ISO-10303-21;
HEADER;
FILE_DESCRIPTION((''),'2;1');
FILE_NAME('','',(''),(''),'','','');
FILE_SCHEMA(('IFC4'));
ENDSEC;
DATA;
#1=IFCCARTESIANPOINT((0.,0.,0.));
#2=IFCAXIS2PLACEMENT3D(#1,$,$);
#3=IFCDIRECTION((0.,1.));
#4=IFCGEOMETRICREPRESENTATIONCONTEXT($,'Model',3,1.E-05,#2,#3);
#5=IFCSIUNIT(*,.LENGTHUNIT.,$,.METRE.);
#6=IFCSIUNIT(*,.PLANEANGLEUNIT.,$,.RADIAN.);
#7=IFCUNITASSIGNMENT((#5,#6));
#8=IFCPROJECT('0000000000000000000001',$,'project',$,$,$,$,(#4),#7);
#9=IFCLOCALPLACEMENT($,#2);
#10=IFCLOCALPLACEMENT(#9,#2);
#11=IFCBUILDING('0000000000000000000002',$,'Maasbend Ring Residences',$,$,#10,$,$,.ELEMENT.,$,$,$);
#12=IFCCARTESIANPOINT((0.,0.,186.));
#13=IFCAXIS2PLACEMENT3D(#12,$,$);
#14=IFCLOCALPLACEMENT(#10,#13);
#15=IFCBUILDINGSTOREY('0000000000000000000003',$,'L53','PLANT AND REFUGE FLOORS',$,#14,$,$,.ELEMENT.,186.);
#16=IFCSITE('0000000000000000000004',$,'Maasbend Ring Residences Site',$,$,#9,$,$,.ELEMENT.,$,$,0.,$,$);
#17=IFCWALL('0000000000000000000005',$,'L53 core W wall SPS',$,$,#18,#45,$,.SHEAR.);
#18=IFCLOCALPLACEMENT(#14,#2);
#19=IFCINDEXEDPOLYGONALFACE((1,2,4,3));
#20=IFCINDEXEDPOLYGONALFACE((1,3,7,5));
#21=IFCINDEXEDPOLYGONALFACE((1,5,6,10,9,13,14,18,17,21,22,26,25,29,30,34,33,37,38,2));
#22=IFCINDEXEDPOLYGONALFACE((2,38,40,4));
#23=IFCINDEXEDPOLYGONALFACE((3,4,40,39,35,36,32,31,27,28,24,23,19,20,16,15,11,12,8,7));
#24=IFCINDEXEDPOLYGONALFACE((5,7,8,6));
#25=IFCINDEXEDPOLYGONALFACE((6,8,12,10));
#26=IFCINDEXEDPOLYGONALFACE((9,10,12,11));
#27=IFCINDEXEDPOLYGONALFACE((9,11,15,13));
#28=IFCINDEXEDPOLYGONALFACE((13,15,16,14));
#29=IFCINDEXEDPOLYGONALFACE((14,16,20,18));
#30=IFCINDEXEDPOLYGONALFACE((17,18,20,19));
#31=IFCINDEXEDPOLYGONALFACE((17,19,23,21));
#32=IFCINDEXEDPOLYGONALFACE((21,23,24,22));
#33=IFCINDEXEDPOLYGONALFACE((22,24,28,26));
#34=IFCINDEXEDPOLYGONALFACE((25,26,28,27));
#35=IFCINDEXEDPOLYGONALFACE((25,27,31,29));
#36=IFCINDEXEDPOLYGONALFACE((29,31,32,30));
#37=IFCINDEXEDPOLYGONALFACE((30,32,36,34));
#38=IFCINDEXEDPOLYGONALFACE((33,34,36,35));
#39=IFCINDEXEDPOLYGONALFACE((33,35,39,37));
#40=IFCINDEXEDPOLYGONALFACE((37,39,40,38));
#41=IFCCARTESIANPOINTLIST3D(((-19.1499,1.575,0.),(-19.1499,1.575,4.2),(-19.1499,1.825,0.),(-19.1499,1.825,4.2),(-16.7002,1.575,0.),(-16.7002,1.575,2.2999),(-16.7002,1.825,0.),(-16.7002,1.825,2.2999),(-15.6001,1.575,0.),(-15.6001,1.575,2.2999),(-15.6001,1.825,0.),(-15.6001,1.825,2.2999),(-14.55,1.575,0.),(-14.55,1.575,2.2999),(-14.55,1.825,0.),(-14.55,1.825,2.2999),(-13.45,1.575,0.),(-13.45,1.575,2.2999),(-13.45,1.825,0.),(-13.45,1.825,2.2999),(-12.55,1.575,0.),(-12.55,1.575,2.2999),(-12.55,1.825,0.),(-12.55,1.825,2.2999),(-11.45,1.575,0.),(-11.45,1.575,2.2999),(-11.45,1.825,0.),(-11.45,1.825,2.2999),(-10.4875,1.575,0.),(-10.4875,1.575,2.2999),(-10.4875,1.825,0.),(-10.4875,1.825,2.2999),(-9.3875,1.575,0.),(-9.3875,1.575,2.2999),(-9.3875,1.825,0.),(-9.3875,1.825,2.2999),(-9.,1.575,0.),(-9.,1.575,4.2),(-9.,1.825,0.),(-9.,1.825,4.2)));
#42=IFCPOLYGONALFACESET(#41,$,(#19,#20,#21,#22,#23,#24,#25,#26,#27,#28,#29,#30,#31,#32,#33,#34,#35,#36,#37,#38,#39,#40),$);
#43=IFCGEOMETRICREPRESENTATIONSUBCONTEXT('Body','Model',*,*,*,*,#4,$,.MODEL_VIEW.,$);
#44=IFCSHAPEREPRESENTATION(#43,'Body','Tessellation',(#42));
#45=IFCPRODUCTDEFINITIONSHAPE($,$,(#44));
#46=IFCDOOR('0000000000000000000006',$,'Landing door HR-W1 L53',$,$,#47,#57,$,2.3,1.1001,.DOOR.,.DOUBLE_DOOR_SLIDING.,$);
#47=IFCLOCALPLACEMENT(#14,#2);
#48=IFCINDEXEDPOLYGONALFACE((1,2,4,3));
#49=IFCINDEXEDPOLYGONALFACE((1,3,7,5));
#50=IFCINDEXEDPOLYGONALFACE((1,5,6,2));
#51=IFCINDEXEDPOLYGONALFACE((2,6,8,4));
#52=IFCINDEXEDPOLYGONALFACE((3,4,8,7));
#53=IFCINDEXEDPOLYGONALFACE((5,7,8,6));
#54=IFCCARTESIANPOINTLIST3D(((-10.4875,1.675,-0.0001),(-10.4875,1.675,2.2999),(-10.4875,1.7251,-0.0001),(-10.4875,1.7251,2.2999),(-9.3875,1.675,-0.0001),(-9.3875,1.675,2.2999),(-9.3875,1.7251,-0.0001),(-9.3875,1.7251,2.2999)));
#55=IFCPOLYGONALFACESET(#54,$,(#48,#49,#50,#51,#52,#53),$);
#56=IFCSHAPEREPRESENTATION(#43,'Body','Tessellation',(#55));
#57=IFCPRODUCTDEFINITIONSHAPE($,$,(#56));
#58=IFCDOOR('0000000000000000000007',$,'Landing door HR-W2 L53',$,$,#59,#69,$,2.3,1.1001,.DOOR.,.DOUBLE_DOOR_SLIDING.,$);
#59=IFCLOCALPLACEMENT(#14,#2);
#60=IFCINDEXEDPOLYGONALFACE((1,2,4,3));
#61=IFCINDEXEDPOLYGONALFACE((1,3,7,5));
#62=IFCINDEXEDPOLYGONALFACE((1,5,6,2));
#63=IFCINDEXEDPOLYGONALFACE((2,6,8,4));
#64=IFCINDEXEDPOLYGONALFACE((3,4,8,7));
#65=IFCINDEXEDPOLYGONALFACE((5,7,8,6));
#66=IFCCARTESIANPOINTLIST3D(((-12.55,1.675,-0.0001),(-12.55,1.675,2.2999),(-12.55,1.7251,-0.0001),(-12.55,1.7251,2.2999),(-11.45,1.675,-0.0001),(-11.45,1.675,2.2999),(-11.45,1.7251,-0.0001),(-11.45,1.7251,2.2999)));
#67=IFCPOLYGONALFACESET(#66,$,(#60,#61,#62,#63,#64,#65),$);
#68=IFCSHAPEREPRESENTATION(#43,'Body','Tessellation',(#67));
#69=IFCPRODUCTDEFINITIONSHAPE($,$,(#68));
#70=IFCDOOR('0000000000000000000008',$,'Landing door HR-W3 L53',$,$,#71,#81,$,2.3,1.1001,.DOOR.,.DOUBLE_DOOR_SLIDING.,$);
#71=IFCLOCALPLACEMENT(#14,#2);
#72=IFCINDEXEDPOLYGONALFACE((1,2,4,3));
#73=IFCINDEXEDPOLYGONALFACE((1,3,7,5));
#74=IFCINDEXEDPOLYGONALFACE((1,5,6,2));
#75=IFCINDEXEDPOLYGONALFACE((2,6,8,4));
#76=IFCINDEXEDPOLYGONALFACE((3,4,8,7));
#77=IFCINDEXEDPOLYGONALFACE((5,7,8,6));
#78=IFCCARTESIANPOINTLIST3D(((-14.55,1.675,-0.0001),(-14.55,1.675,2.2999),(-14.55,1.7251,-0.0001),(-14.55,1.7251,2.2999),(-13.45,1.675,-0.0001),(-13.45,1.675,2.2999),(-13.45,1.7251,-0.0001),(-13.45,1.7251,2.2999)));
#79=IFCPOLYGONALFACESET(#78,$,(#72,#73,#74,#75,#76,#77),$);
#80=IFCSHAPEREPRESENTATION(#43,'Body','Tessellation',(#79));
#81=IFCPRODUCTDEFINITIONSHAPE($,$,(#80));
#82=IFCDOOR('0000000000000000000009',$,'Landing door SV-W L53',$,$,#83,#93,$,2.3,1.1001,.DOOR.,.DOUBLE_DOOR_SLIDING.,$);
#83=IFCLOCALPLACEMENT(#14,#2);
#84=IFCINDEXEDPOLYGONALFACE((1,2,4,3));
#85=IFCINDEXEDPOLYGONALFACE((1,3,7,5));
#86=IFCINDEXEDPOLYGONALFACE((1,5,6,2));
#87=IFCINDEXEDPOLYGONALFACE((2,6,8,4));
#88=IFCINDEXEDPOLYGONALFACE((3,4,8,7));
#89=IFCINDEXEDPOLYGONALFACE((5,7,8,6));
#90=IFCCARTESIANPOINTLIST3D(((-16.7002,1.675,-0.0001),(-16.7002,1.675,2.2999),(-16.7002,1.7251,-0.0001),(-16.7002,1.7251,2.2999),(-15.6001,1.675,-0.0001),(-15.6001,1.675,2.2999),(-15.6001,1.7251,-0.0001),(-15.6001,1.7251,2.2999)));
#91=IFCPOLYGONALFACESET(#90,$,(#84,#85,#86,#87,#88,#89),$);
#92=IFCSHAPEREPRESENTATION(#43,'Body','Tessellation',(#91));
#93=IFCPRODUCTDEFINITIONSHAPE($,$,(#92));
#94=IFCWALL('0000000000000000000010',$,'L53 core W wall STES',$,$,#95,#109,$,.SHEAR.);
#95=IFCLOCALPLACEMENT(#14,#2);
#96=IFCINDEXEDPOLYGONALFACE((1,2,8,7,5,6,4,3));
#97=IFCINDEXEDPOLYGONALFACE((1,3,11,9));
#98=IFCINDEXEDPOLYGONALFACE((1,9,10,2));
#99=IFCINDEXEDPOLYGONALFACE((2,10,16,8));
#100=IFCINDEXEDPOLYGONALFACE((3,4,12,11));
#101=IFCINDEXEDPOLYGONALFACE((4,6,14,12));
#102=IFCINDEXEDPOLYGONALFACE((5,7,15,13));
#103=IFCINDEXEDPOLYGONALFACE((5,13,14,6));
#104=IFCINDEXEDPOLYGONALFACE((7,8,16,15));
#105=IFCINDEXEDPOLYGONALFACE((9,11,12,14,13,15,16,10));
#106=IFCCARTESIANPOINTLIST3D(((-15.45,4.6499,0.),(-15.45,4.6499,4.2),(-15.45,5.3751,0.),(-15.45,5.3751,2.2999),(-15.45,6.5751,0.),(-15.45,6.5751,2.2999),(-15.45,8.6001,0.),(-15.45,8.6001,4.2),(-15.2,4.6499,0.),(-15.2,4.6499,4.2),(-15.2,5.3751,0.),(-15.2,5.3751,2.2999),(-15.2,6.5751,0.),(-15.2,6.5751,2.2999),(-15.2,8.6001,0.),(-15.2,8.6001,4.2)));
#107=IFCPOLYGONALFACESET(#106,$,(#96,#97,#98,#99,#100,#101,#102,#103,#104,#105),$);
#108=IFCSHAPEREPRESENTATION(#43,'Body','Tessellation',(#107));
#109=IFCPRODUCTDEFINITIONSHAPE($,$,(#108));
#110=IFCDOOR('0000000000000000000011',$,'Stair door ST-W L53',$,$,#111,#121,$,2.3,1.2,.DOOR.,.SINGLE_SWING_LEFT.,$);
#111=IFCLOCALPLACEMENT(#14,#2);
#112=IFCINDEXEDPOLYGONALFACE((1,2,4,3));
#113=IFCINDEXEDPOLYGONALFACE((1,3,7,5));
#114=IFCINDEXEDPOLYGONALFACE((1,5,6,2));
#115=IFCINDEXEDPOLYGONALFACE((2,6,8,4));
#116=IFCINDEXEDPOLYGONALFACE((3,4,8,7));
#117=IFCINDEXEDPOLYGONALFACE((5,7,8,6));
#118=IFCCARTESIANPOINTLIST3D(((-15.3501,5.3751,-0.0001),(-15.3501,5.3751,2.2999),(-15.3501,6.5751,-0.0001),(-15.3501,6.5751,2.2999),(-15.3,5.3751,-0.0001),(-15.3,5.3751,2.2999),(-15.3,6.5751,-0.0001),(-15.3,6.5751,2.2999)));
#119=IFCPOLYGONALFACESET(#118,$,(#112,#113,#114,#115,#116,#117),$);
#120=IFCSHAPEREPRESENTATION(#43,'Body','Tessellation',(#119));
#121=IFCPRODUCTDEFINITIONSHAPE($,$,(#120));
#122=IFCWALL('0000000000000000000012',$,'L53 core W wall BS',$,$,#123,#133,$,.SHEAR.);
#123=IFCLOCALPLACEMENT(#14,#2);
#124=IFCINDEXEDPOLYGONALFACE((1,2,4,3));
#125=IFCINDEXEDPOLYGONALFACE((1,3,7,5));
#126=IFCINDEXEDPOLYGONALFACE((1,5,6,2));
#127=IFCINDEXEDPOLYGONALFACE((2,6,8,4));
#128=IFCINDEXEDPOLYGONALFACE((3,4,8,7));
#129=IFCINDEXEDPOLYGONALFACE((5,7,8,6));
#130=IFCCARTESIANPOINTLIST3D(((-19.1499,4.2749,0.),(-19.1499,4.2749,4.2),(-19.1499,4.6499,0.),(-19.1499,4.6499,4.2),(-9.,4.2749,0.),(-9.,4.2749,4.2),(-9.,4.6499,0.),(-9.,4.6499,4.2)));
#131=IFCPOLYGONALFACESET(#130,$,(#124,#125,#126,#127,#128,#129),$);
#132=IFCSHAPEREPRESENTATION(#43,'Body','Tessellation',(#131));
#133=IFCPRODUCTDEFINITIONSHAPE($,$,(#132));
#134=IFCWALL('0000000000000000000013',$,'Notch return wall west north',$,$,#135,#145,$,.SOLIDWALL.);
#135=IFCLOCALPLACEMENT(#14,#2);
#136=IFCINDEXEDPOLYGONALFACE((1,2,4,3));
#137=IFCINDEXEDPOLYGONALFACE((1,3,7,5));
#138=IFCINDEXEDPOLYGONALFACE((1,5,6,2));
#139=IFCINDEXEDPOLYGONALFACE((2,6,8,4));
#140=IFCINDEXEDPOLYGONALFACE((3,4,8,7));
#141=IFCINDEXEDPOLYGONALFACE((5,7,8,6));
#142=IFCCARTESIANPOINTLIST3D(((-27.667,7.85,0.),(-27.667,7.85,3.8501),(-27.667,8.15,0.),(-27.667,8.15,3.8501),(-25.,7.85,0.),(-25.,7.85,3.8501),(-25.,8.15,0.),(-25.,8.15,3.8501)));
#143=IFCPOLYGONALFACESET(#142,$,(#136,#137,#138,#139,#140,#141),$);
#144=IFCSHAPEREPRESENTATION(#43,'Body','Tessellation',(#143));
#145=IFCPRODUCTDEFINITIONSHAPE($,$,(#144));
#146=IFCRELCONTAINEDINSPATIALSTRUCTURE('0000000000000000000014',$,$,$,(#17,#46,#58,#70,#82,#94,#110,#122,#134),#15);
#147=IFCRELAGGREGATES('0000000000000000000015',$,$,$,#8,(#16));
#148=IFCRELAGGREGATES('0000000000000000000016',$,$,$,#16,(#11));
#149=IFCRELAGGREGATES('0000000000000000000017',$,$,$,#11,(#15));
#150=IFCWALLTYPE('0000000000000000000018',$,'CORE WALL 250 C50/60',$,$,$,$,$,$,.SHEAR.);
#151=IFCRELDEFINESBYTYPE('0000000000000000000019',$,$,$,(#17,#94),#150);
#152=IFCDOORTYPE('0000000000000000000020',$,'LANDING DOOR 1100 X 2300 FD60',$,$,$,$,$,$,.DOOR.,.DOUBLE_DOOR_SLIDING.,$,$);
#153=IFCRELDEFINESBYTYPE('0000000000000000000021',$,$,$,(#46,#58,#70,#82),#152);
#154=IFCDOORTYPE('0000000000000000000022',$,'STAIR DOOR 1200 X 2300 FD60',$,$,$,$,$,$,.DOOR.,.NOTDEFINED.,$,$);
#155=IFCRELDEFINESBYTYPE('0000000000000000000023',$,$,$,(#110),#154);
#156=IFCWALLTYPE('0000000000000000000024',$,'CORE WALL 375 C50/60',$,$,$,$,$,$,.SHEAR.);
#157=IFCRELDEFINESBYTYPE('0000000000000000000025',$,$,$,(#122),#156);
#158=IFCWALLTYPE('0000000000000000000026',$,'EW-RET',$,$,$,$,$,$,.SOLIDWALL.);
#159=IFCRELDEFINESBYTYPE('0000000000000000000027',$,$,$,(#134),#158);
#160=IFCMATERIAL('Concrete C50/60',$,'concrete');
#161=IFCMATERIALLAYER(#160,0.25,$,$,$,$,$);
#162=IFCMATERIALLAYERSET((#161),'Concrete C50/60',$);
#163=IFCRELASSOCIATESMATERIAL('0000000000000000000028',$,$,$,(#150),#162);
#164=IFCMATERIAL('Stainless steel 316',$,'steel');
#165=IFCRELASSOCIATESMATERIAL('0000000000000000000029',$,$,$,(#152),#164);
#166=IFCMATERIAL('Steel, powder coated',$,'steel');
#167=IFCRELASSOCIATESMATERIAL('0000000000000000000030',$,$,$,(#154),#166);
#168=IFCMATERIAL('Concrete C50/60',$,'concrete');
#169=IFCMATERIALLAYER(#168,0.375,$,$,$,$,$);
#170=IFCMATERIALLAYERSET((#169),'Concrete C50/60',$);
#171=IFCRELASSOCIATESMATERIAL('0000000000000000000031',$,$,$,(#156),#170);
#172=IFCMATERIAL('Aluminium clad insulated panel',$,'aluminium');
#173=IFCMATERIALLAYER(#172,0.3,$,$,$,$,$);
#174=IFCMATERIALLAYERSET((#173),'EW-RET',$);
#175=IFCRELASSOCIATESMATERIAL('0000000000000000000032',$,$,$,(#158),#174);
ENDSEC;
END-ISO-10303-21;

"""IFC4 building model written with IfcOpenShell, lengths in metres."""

from ifc_helpers import new_model, si_unit, direction, frame, frame_2d, origin, place, context, subcontext, project, spatial, rectangle, extrude, material, layer, layer_set, type_object, element, fill, save


model = new_model("IFC4")

# Units and contexts
model_context = context("Model", 3, precision=1e-05, world=origin(), true_north=direction((0.0, 1.0)))
body_context = subcontext(model_context, "Body", "Model", "MODEL_VIEW")
ifc_project = project(units=[si_unit("LENGTHUNIT", "METRE"), si_unit("PLANEANGLEUNIT", "RADIAN")], contexts=[model_context])

# Site, building, storey
site_placement = place(None, origin())
site = spatial("IfcSite", under=ifc_project, at=site_placement, Name="Maasbend Ring Residences Site", CompositionType="ELEMENT", RefElevation=0.0)
building_placement = place(site_placement, origin())
building = spatial("IfcBuilding", under=site, at=building_placement, Name="Maasbend Ring Residences", CompositionType="ELEMENT")
storey_placement = place(building_placement, frame((0.0, 0.0, 186.0)))
storey = spatial("IfcBuildingStorey", under=building, at=storey_placement, Name="L53", Description="PLANT AND REFUGE FLOORS", CompositionType="ELEMENT", Elevation=186.0)

# Wall, openings, doors
ifc_material_1 = material(Name="Concrete C50/60", Category="concrete")
ifc_layer_1 = layer(ifc_material_1, 0.25)
ifc_layer_set_1 = layer_set([ifc_layer_1], Name="Concrete C50/60")
wall_type_1 = type_object("IfcWallType", Name="CORE WALL 250 C50/60", PredefinedType="SHEAR", material=ifc_layer_set_1)
wall_1_placement = place(storey_placement, frame((-9.0, 1.7, 0.0), z_axis=(0.0, 0.0, 1.0), x_axis=(-1.0, 0.0, 0.0)))
wall_1 = element("IfcWall", 1, at=wall_1_placement, inside=storey, type_object=wall_type_1, Name="L53 core W wall SPS", PredefinedType="SHEAR", context=body_context, shape_type="SweptSolid", body=[
    extrude(rectangle(XDim=10.1499, YDim=0.25, at=frame_2d((5.075, 0.0))), origin(), (0.0, 0.0, 1.0), 4.2),
])
opening_1_placement = place(wall_1_placement, frame((0.3875, 0.0, 0.0)))
opening_1 = element("IfcOpeningElement", 2, at=opening_1_placement, cuts=wall_1, PredefinedType="OPENING", context=body_context, shape_type="SweptSolid", body=[
    extrude(rectangle(XDim=1.1001, YDim=2.3, at=frame_2d((0.55, 1.1499))), frame((0.0, 0.135, 0.0), z_axis=(0.0, -1.0, 0.0), x_axis=(1.0, 0.0, 0.0)), (0.0, 0.0, 1.0), 0.27),
])
opening_2_placement = place(wall_1_placement, frame((2.45, 0.0, 0.0)))
opening_2 = element("IfcOpeningElement", 3, at=opening_2_placement, cuts=wall_1, PredefinedType="OPENING", context=body_context, shape_type="SweptSolid", body=[
    extrude(rectangle(XDim=1.1001, YDim=2.3, at=frame_2d((0.55, 1.1499))), frame((0.0, 0.135, 0.0), z_axis=(0.0, -1.0, 0.0), x_axis=(1.0, 0.0, 0.0)), (0.0, 0.0, 1.0), 0.27),
])
opening_3_placement = place(wall_1_placement, frame((4.45, 0.0, 0.0)))
opening_3 = element("IfcOpeningElement", 4, at=opening_3_placement, cuts=wall_1, PredefinedType="OPENING", context=body_context, shape_type="SweptSolid", body=[
    extrude(rectangle(XDim=1.1001, YDim=2.3, at=frame_2d((0.55, 1.1499))), frame((0.0, 0.135, 0.0), z_axis=(0.0, -1.0, 0.0), x_axis=(1.0, 0.0, 0.0)), (0.0, 0.0, 1.0), 0.27),
])
opening_4_placement = place(wall_1_placement, frame((6.6001, 0.0, 0.0)))
opening_4 = element("IfcOpeningElement", 5, at=opening_4_placement, cuts=wall_1, PredefinedType="OPENING", context=body_context, shape_type="SweptSolid", body=[
    extrude(rectangle(XDim=1.1001, YDim=2.3, at=frame_2d((0.55, 1.1499))), frame((0.0, 0.135, 0.0), z_axis=(0.0, -1.0, 0.0), x_axis=(1.0, 0.0, 0.0)), (0.0, 0.0, 1.0), 0.27),
])
ifc_material_2 = material(Name="Stainless steel 316", Category="steel")
door_type_1 = type_object("IfcDoorType", Name="LANDING DOOR 1100 X 2300 FD60", OperationType="DOUBLE_DOOR_SLIDING", PredefinedType="DOOR", material=ifc_material_2)
door_1_placement = place(opening_1_placement, origin())
door_1 = element("IfcDoor", 6, at=door_1_placement, inside=storey, type_object=door_type_1, Name="Landing door HR-W1 L53", OperationType="DOUBLE_DOOR_SLIDING", OverallHeight=2.3, OverallWidth=1.1001, PredefinedType="DOOR", context=body_context, shape_type="SweptSolid", body=[
    extrude(rectangle(XDim=1.1001, YDim=2.3, at=frame_2d((0.55, 1.1499))), frame((0.0, 0.0249, 0.0), z_axis=(0.0, -1.0, 0.0), x_axis=(1.0, 0.0, 0.0)), (0.0, 0.0, 1.0), 0.05),
])
fill(opening_1, door_1)
door_2_placement = place(opening_2_placement, origin())
door_2 = element("IfcDoor", 7, at=door_2_placement, inside=storey, type_object=door_type_1, Name="Landing door HR-W2 L53", OperationType="DOUBLE_DOOR_SLIDING", OverallHeight=2.3, OverallWidth=1.1001, PredefinedType="DOOR", context=body_context, shape_type="SweptSolid", body=[
    extrude(rectangle(XDim=1.1001, YDim=2.3, at=frame_2d((0.55, 1.1499))), frame((0.0, 0.0249, 0.0), z_axis=(0.0, -1.0, 0.0), x_axis=(1.0, 0.0, 0.0)), (0.0, 0.0, 1.0), 0.05),
])
fill(opening_2, door_2)
door_3_placement = place(opening_3_placement, origin())
door_3 = element("IfcDoor", 8, at=door_3_placement, inside=storey, type_object=door_type_1, Name="Landing door HR-W3 L53", OperationType="DOUBLE_DOOR_SLIDING", OverallHeight=2.3, OverallWidth=1.1001, PredefinedType="DOOR", context=body_context, shape_type="SweptSolid", body=[
    extrude(rectangle(XDim=1.1001, YDim=2.3, at=frame_2d((0.55, 1.1499))), frame((0.0, 0.0249, 0.0), z_axis=(0.0, -1.0, 0.0), x_axis=(1.0, 0.0, 0.0)), (0.0, 0.0, 1.0), 0.05),
])
fill(opening_3, door_3)
door_4_placement = place(opening_4_placement, origin())
door_4 = element("IfcDoor", 9, at=door_4_placement, inside=storey, type_object=door_type_1, Name="Landing door SV-W L53", OperationType="DOUBLE_DOOR_SLIDING", OverallHeight=2.3, OverallWidth=1.1001, PredefinedType="DOOR", context=body_context, shape_type="SweptSolid", body=[
    extrude(rectangle(XDim=1.1001, YDim=2.3, at=frame_2d((0.55, 1.1499))), frame((0.0, 0.0249, 0.0), z_axis=(0.0, -1.0, 0.0), x_axis=(1.0, 0.0, 0.0)), (0.0, 0.0, 1.0), 0.05),
])
fill(opening_4, door_4)

# Wall, opening, door
wall_2_placement = place(storey_placement, frame((-15.325, 8.6001, 0.0), z_axis=(0.0, 0.0, 1.0), x_axis=(0.0, -1.0, 0.0)))
wall_2 = element("IfcWall", 10, at=wall_2_placement, inside=storey, type_object=wall_type_1, Name="L53 core W wall STES", PredefinedType="SHEAR", context=body_context, shape_type="SweptSolid", body=[
    extrude(rectangle(XDim=3.9502, YDim=0.25, at=frame_2d((1.9751, 0.0))), origin(), (0.0, 0.0, 1.0), 4.2),
])
opening_5_placement = place(wall_2_placement, frame((2.0249, 0.0, 0.0)))
opening_5 = element("IfcOpeningElement", 11, at=opening_5_placement, cuts=wall_2, PredefinedType="OPENING", context=body_context, shape_type="SweptSolid", body=[
    extrude(rectangle(XDim=1.2, YDim=2.3, at=frame_2d((0.6001, 1.1499))), frame((0.0, 0.135, 0.0), z_axis=(0.0, -1.0, 0.0), x_axis=(1.0, 0.0, 0.0)), (0.0, 0.0, 1.0), 0.27),
])
ifc_material_3 = material(Name="Steel, powder coated", Category="steel")
door_type_2 = type_object("IfcDoorType", Name="STAIR DOOR 1200 X 2300 FD60", OperationType="NOTDEFINED", PredefinedType="DOOR", material=ifc_material_3)
door_5_placement = place(opening_5_placement, origin())
door_5 = element("IfcDoor", 12, at=door_5_placement, inside=storey, type_object=door_type_2, Name="Stair door ST-W L53", OperationType="SINGLE_SWING_LEFT", OverallHeight=2.3, OverallWidth=1.2, PredefinedType="DOOR", context=body_context, shape_type="SweptSolid", body=[
    extrude(rectangle(XDim=1.2, YDim=2.3, at=frame_2d((0.6001, 1.1499))), frame((0.0, 0.0249, 0.0), z_axis=(0.0, -1.0, 0.0), x_axis=(1.0, 0.0, 0.0)), (0.0, 0.0, 1.0), 0.05),
])
fill(opening_5, door_5)

# Walls
ifc_material_4 = material(Name="Concrete C50/60", Category="concrete")
ifc_layer_2 = layer(ifc_material_4, 0.375)
ifc_layer_set_2 = layer_set([ifc_layer_2], Name="Concrete C50/60")
wall_type_2 = type_object("IfcWallType", Name="CORE WALL 375 C50/60", PredefinedType="SHEAR", material=ifc_layer_set_2)
wall_3_placement = place(storey_placement, frame((-9.0, 4.4624, 0.0), z_axis=(0.0, 0.0, 1.0), x_axis=(-1.0, 0.0, 0.0)))
element("IfcWall", 13, at=wall_3_placement, inside=storey, type_object=wall_type_2, Name="L53 core W wall BS", PredefinedType="SHEAR", context=body_context, shape_type="SweptSolid", body=[
    extrude(rectangle(XDim=10.1499, YDim=0.375, at=frame_2d((5.075, 0.0))), origin(), (0.0, 0.0, 1.0), 4.2),
])
ifc_material_5 = material(Name="Aluminium clad insulated panel", Category="aluminium")
ifc_layer_3 = layer(ifc_material_5, 0.3)
ifc_layer_set_3 = layer_set([ifc_layer_3], Name="EW-RET")
wall_type_3 = type_object("IfcWallType", Name="EW-RET", PredefinedType="SOLIDWALL", material=ifc_layer_set_3)
wall_4_placement = place(storey_placement, frame((-25.0, 8.0, 0.0), z_axis=(0.0, 0.0, 1.0), x_axis=(-1.0, 0.0, 0.0)))
element("IfcWall", 14, at=wall_4_placement, inside=storey, type_object=wall_type_3, Name="Notch return wall west north", PredefinedType="SOLIDWALL", context=body_context, shape_type="SweptSolid", body=[
    extrude(rectangle(XDim=2.667, YDim=0.3, at=frame_2d((1.3335, 0.0))), origin(), (0.0, 0.0, 1.0), 3.8501),
])

save(model, "model.ifc")
